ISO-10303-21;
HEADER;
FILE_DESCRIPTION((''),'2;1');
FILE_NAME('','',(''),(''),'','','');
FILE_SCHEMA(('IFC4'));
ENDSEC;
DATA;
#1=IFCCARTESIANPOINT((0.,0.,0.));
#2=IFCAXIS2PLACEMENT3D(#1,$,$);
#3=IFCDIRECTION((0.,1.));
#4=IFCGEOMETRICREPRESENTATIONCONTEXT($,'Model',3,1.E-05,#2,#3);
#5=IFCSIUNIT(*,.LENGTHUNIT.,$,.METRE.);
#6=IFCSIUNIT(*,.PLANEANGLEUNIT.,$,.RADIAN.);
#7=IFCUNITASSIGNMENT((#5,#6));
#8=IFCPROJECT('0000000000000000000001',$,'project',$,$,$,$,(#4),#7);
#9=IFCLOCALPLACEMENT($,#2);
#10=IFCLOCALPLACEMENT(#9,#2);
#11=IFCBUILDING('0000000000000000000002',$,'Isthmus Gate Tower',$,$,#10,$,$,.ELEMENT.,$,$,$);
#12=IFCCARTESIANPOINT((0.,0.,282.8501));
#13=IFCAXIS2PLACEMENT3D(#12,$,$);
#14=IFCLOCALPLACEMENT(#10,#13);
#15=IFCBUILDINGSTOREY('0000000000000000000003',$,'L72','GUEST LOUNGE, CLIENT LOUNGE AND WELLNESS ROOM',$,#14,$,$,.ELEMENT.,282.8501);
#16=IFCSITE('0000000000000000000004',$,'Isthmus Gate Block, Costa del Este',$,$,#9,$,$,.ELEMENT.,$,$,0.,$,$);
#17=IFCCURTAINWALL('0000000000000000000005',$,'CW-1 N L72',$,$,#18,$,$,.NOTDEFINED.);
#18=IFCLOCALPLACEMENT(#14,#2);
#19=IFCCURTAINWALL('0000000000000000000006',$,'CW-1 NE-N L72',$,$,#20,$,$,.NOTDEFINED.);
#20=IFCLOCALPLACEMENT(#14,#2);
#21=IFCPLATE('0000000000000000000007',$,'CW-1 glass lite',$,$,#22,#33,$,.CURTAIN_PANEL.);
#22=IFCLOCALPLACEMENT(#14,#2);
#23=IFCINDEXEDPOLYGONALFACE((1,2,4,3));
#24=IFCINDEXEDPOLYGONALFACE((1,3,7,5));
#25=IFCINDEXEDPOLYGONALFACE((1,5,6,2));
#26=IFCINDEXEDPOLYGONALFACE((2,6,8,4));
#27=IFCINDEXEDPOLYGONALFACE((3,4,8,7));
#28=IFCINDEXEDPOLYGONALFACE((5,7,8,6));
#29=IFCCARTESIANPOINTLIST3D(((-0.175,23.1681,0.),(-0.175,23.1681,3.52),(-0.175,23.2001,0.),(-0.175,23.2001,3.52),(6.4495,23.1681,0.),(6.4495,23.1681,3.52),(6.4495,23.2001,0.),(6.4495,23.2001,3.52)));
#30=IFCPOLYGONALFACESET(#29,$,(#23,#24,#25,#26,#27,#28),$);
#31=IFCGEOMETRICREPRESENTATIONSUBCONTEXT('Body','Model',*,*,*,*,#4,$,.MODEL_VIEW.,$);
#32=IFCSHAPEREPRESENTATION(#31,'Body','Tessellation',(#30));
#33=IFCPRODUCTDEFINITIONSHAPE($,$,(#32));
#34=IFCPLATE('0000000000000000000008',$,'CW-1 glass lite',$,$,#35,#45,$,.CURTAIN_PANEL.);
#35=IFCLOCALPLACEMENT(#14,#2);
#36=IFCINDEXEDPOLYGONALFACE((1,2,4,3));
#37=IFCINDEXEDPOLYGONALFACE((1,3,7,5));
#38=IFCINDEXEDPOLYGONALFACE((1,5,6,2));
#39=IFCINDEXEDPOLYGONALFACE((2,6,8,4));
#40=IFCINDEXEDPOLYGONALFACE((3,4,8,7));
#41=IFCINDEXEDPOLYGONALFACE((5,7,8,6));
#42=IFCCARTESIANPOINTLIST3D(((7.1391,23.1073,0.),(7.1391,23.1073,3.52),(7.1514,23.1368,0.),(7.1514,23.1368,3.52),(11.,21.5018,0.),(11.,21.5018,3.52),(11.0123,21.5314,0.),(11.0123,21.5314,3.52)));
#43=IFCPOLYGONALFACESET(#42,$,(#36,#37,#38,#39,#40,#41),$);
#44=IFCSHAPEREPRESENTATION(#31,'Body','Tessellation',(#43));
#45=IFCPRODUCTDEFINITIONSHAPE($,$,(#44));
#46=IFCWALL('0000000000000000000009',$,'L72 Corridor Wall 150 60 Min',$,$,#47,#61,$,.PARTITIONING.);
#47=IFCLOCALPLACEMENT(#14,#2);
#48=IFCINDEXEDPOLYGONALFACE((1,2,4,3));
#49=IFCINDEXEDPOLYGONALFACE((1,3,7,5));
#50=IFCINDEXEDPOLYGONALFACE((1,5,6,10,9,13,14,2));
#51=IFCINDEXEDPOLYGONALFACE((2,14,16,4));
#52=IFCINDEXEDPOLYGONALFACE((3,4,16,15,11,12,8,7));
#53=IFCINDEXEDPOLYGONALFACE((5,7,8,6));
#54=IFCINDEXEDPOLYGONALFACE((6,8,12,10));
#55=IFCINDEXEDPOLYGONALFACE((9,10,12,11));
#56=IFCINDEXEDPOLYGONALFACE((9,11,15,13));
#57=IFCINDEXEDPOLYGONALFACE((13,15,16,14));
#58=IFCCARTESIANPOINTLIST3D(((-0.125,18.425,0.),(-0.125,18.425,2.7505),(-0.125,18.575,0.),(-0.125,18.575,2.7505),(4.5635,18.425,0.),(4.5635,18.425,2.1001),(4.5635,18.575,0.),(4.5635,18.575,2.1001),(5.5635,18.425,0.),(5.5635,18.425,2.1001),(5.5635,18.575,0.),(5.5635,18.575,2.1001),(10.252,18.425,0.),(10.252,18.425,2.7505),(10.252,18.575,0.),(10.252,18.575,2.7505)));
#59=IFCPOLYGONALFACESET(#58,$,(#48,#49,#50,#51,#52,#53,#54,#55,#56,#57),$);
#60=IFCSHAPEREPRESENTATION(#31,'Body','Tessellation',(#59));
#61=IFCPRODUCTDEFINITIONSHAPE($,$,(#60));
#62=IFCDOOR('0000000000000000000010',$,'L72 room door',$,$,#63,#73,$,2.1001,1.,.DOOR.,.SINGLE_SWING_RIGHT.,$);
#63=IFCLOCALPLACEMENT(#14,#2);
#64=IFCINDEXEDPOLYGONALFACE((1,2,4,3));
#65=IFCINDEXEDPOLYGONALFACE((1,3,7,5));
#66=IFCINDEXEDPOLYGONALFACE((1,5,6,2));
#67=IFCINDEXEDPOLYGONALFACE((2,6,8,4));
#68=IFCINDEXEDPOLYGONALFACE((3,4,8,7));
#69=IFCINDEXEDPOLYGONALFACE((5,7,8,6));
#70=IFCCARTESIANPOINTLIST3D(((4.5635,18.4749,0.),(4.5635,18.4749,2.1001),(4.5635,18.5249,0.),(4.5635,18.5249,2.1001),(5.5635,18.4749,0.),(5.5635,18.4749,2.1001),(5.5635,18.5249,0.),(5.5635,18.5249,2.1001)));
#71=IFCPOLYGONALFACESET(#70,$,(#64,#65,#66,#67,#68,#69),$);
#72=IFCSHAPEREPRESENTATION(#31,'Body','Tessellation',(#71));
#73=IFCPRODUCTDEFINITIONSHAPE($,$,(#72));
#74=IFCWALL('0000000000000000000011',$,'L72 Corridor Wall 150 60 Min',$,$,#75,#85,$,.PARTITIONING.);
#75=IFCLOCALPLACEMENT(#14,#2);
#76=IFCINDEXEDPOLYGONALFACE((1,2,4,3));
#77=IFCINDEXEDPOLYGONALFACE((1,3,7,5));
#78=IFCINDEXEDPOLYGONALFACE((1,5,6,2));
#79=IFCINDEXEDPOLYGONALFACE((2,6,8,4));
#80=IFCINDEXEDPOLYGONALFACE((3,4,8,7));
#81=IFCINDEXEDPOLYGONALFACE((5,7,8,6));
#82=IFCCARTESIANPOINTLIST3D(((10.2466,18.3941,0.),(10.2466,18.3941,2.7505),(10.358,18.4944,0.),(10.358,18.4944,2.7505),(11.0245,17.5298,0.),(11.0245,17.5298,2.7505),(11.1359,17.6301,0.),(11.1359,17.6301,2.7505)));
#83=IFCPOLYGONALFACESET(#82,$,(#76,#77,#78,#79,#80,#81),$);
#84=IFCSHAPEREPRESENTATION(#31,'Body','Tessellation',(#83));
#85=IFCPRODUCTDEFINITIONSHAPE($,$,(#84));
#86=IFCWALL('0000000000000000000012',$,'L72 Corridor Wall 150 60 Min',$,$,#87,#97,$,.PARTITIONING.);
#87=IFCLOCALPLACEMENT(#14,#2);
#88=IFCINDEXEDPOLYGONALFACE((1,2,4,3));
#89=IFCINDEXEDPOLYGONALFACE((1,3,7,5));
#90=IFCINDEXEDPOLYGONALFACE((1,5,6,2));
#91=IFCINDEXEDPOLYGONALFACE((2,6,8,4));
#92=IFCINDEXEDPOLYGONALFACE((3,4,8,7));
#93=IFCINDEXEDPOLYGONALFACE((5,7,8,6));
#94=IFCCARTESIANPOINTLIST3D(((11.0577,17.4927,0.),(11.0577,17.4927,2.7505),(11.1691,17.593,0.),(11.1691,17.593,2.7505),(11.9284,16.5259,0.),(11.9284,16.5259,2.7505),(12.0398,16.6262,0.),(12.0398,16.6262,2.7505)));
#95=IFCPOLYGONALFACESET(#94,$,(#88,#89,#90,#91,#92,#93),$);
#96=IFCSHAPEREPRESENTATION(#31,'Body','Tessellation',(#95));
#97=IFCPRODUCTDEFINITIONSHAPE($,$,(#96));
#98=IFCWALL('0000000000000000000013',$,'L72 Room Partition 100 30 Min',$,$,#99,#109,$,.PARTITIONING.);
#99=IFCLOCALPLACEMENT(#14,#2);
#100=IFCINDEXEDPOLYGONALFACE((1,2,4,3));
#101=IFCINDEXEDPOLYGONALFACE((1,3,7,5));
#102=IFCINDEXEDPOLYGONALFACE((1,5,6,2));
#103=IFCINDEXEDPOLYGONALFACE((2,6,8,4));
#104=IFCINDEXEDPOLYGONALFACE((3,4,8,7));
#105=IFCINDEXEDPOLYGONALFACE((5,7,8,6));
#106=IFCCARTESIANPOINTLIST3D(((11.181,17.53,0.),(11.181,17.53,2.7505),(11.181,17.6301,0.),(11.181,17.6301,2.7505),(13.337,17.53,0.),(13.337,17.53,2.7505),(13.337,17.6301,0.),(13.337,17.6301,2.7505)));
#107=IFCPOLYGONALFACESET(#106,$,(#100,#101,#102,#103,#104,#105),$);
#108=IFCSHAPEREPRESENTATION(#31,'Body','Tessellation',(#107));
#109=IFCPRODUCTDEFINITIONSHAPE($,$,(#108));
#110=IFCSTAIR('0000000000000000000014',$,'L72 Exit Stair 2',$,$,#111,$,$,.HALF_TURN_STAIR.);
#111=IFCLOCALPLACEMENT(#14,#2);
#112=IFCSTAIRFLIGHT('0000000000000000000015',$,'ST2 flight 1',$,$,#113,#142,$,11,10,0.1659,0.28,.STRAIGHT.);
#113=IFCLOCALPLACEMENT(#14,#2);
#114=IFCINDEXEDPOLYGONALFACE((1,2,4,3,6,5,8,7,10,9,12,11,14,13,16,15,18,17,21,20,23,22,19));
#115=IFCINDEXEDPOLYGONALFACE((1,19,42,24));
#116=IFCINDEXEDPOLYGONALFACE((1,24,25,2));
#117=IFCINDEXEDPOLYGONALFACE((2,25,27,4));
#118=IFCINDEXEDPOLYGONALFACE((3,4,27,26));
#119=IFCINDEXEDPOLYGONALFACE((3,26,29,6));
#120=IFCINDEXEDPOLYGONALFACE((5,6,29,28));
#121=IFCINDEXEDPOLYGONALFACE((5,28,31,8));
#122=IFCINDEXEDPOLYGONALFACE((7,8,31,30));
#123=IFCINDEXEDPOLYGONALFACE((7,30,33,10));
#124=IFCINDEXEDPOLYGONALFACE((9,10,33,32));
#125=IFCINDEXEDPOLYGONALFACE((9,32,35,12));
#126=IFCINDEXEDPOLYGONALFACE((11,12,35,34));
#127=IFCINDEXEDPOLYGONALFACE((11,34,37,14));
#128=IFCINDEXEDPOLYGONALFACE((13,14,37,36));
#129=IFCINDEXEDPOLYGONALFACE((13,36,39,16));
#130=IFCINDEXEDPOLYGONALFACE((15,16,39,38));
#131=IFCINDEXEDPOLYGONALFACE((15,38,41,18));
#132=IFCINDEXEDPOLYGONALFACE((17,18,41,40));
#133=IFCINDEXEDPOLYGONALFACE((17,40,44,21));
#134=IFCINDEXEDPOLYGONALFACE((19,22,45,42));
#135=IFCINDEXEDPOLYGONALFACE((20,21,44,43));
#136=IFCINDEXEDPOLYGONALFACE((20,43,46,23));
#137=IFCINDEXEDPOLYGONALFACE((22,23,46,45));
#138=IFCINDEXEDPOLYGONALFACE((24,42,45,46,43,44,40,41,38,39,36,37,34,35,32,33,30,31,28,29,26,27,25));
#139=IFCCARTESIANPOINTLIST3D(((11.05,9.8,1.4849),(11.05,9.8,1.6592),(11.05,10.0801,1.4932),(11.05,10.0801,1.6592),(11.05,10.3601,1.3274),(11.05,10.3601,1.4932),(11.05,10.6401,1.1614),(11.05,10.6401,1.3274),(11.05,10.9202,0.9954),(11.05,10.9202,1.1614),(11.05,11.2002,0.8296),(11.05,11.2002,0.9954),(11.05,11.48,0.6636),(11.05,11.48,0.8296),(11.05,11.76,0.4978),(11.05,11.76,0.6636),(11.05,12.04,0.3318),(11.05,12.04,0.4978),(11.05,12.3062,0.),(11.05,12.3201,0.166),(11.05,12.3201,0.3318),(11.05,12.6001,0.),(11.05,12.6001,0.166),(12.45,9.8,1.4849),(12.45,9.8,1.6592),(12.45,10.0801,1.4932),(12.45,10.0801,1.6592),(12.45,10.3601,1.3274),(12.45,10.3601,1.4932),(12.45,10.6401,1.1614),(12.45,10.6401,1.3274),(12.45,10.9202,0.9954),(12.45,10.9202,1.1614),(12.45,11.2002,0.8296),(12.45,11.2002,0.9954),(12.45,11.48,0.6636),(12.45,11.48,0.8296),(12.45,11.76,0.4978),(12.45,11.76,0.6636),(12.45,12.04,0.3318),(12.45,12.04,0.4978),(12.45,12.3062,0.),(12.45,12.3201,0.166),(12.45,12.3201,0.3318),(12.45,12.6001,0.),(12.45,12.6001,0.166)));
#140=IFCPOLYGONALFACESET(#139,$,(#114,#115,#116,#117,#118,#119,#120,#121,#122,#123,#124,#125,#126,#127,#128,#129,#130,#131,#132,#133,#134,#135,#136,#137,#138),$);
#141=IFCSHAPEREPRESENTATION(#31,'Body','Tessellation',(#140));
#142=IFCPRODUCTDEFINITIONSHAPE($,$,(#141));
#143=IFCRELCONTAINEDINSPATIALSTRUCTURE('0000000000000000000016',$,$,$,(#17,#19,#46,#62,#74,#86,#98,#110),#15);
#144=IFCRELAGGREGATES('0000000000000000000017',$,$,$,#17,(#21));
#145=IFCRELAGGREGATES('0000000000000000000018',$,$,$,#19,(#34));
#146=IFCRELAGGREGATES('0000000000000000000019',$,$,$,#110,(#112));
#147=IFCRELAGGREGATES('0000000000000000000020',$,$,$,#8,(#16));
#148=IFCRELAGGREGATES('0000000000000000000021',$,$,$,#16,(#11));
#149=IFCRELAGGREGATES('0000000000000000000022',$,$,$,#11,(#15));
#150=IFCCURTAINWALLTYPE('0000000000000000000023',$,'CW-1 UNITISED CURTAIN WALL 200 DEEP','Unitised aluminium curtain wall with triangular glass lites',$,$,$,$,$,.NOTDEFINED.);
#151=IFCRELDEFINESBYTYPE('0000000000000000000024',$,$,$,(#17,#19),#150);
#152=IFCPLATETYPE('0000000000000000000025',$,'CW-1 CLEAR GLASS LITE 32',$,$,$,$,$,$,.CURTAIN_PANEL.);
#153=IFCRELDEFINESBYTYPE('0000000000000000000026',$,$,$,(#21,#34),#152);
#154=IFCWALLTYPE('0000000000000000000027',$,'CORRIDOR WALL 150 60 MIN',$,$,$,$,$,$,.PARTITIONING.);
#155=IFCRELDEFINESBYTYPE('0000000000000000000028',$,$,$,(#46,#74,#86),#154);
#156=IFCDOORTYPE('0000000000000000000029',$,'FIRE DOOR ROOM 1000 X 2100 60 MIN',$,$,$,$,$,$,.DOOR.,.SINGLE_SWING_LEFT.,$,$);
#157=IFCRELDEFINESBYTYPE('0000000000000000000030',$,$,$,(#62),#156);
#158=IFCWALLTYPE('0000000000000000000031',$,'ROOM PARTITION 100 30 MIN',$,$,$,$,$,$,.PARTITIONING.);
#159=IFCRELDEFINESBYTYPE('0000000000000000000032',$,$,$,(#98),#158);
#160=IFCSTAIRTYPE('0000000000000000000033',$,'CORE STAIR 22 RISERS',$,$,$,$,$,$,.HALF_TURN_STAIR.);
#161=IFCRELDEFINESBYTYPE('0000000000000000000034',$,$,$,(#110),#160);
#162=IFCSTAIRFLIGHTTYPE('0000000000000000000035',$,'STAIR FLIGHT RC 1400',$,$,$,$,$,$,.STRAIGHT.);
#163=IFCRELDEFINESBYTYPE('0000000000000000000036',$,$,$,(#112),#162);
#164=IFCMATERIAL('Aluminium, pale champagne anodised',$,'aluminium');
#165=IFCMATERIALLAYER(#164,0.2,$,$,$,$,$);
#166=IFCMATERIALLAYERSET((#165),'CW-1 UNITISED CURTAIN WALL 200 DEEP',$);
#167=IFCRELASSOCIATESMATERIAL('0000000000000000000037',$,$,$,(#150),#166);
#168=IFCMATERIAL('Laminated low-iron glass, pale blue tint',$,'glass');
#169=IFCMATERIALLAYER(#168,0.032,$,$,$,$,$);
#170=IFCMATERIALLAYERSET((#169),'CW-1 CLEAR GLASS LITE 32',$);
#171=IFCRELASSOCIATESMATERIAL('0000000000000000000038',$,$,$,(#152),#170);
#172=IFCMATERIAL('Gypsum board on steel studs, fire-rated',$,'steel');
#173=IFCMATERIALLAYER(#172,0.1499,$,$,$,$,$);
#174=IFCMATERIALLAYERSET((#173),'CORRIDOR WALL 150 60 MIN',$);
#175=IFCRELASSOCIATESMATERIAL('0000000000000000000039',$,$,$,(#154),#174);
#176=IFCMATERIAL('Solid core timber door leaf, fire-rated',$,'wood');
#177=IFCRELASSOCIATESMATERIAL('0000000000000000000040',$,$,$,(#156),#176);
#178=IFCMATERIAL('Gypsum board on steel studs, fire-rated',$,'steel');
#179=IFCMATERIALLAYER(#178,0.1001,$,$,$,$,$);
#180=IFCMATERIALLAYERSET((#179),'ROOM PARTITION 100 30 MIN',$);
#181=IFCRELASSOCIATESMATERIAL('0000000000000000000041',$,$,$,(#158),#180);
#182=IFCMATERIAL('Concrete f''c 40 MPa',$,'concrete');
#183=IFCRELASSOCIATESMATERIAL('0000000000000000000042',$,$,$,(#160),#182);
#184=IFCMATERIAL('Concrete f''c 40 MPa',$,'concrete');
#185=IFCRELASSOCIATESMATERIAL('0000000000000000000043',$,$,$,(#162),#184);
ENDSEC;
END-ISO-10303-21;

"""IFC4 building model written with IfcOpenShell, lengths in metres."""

from ifc_helpers import new_model, si_unit, direction, frame, frame_2d, origin, origin_2d, place, context, subcontext, project, spatial, polyline, rectangle, outline, extrude, material, layer, layer_set, type_object, element, fill, aggregate, save


model = new_model("IFC4")

# Units and contexts
model_context = context("Model", 3, precision=1e-05, world=origin(), true_north=direction((0.0, 1.0)))
body_context = subcontext(model_context, "Body", "Model", "MODEL_VIEW")
ifc_project = project(units=[si_unit("LENGTHUNIT", "METRE"), si_unit("PLANEANGLEUNIT", "RADIAN")], contexts=[model_context])

# Site, building, storey
site_placement = place(None, origin())
site = spatial("IfcSite", under=ifc_project, at=site_placement, Name="Isthmus Gate Block, Costa del Este", CompositionType="ELEMENT", RefElevation=0.0)
building_placement = place(site_placement, origin())
building = spatial("IfcBuilding", under=site, at=building_placement, Name="Isthmus Gate Tower", CompositionType="ELEMENT")
storey_placement = place(building_placement, frame((0.0, 0.0, 282.8501)))
storey = spatial("IfcBuildingStorey", under=building, at=storey_placement, Name="L72", Description="GUEST LOUNGE, CLIENT LOUNGE AND WELLNESS ROOM", CompositionType="ELEMENT", Elevation=282.8501)

# Curtain walls
ifc_material_1 = material(Name="Aluminium, pale champagne anodised", Category="aluminium")
ifc_layer_1 = layer(ifc_material_1, 0.2)
ifc_layer_set_1 = layer_set([ifc_layer_1], Name="CW-1 UNITISED CURTAIN WALL 200 DEEP")
curtain_wall_type = type_object("IfcCurtainWallType", Name="CW-1 UNITISED CURTAIN WALL 200 DEEP", Description="Unitised aluminium curtain wall with triangular glass lites", PredefinedType="NOTDEFINED", material=ifc_layer_set_1)
curtain_wall_1_placement = place(storey_placement, origin())
curtain_wall_1 = element("IfcCurtainWall", 1, at=curtain_wall_1_placement, inside=storey, type_object=curtain_wall_type, Name="CW-1 N L72", PredefinedType="NOTDEFINED")
curtain_wall_2_placement = place(storey_placement, origin())
curtain_wall_2 = element("IfcCurtainWall", 2, at=curtain_wall_2_placement, inside=storey, type_object=curtain_wall_type, Name="CW-1 NE-N L72", PredefinedType="NOTDEFINED")

# Plates
ifc_material_2 = material(Name="Laminated low-iron glass, pale blue tint", Category="glass")
ifc_layer_2 = layer(ifc_material_2, 0.032)
ifc_layer_set_2 = layer_set([ifc_layer_2], Name="CW-1 CLEAR GLASS LITE 32")
plate_type = type_object("IfcPlateType", Name="CW-1 CLEAR GLASS LITE 32", PredefinedType="CURTAIN_PANEL", material=ifc_layer_set_2)
plate_1_placement = place(storey_placement, frame((3.1372, 23.1841, 0.0), z_axis=(0.0, 0.0, 1.0), x_axis=(-1.0, 0.0, 0.0)))
plate_1 = element("IfcPlate", 3, at=plate_1_placement, type_object=plate_type, Name="CW-1 glass lite", PredefinedType="CURTAIN_PANEL", context=body_context, shape_type="SweptSolid", body=[
    extrude(rectangle(XDim=6.6245, YDim=0.032, at=origin_2d()), origin(), (0.0, 0.0, 1.0), 3.52),
])
aggregate(curtain_wall_1, [plate_1])
plate_2_placement = place(storey_placement, frame((9.0757, 22.3193, 0.0), z_axis=(0.0, 0.0, 1.0), x_axis=(-0.923353, 0.383952, 0.0)))
plate_2 = element("IfcPlate", 4, at=plate_2_placement, type_object=plate_type, Name="CW-1 glass lite", PredefinedType="CURTAIN_PANEL", context=body_context, shape_type="SweptSolid", body=[
    extrude(rectangle(XDim=4.1814, YDim=0.032, at=origin_2d()), origin(), (0.0, 0.0, 1.0), 3.52),
])
aggregate(curtain_wall_2, [plate_2])

# Wall, opening, door
ifc_material_3 = material(Name="Gypsum board on steel studs, fire-rated", Category="steel")
ifc_layer_3 = layer(ifc_material_3, 0.1499)
ifc_layer_set_3 = layer_set([ifc_layer_3], Name="CORRIDOR WALL 150 60 MIN")
wall_type_1 = type_object("IfcWallType", Name="CORRIDOR WALL 150 60 MIN", PredefinedType="PARTITIONING", material=ifc_layer_set_3)
wall_1_placement = place(storey_placement, frame((-0.125, 18.5, 0.0), z_axis=(0.0, 0.0, 1.0), x_axis=(1.0, 0.0, 0.0)))
wall_1 = element("IfcWall", 5, at=wall_1_placement, inside=storey, type_object=wall_type_1, Name="L72 Corridor Wall 150 60 Min", PredefinedType="PARTITIONING", context=body_context, shape_type="SweptSolid", body=[
    extrude(rectangle(XDim=10.377, YDim=0.1499, at=frame_2d((5.1885, 0.0))), origin(), (0.0, 0.0, 1.0), 2.7505),
])
opening_placement = place(wall_1_placement, frame((4.6885, 0.0, 0.0)))
opening = element("IfcOpeningElement", 6, at=opening_placement, cuts=wall_1, PredefinedType="OPENING", context=body_context, shape_type="SweptSolid", body=[
    extrude(rectangle(XDim=1.0, YDim=2.1001, at=frame_2d((0.5, 1.05))), frame((0.0, 0.085, 0.0), z_axis=(0.0, -1.0, 0.0), x_axis=(1.0, 0.0, 0.0)), (0.0, 0.0, 1.0), 0.1699),
])
ifc_material_4 = material(Name="Solid core timber door leaf, fire-rated", Category="wood")
door_type = type_object("IfcDoorType", Name="FIRE DOOR ROOM 1000 X 2100 60 MIN", OperationType="SINGLE_SWING_LEFT", PredefinedType="DOOR", material=ifc_material_4)
door_placement = place(opening_placement, origin())
door = element("IfcDoor", 7, at=door_placement, inside=storey, type_object=door_type, Name="L72 room door", OperationType="SINGLE_SWING_RIGHT", OverallHeight=2.1001, OverallWidth=1.0, PredefinedType="DOOR", context=body_context, shape_type="SweptSolid", body=[
    extrude(rectangle(XDim=1.0, YDim=2.1001, at=frame_2d((0.5, 1.05))), frame((0.0, 0.0249, 0.0), z_axis=(0.0, -1.0, 0.0), x_axis=(1.0, 0.0, 0.0)), (0.0, 0.0, 1.0), 0.05),
])
fill(opening, door)

# Walls
wall_2_placement = place(storey_placement, frame((10.3022, 18.4443, 0.0), z_axis=(0.0, 0.0, 1.0), x_axis=(0.668965, -0.743294, 0.0)))
element("IfcWall", 8, at=wall_2_placement, inside=storey, type_object=wall_type_1, Name="L72 Corridor Wall 150 60 Min", PredefinedType="PARTITIONING", context=body_context, shape_type="SweptSolid", body=[
    extrude(rectangle(XDim=1.1628, YDim=0.1499, at=frame_2d((0.5815, 0.0))), origin(), (0.0, 0.0, 1.0), 2.7505),
])
wall_3_placement = place(storey_placement, frame((11.1135, 17.5427, 0.0), z_axis=(0.0, 0.0, 1.0), x_axis=(0.669172, -0.743108, 0.0)))
element("IfcWall", 9, at=wall_3_placement, inside=storey, type_object=wall_type_1, Name="L72 Corridor Wall 150 60 Min", PredefinedType="PARTITIONING", context=body_context, shape_type="SweptSolid", body=[
    extrude(rectangle(XDim=1.301, YDim=0.1499, at=frame_2d((0.6504, 0.0))), origin(), (0.0, 0.0, 1.0), 2.7505),
])
ifc_material_5 = material(Name="Gypsum board on steel studs, fire-rated", Category="steel")
ifc_layer_4 = layer(ifc_material_5, 0.1001)
ifc_layer_set_4 = layer_set([ifc_layer_4], Name="ROOM PARTITION 100 30 MIN")
wall_type_2 = type_object("IfcWallType", Name="ROOM PARTITION 100 30 MIN", PredefinedType="PARTITIONING", material=ifc_layer_set_4)
wall_4_placement = place(storey_placement, frame((11.1809, 17.5801, 0.0), z_axis=(0.0, 0.0, 1.0), x_axis=(1.0, 0.0, 0.0)))
element("IfcWall", 10, at=wall_4_placement, inside=storey, type_object=wall_type_2, Name="L72 Room Partition 100 30 Min", PredefinedType="PARTITIONING", context=body_context, shape_type="SweptSolid", body=[
    extrude(rectangle(XDim=2.156, YDim=0.1001, at=frame_2d((1.0781, 0.0))), origin(), (0.0, 0.0, 1.0), 2.7505),
])

# Stair, stair flight
ifc_material_6 = material(Name="Concrete f'c 40 MPa", Category="concrete")
stair_type = type_object("IfcStairType", Name="CORE STAIR 22 RISERS", PredefinedType="HALF_TURN_STAIR", material=ifc_material_6)
stair_placement = place(storey_placement, origin())
stair = element("IfcStair", 11, at=stair_placement, inside=storey, type_object=stair_type, Name="L72 Exit Stair 2", PredefinedType="HALF_TURN_STAIR")
ifc_material_7 = material(Name="Concrete f'c 40 MPa", Category="concrete")
stair_flight_type = type_object("IfcStairFlightType", Name="STAIR FLIGHT RC 1400", PredefinedType="STRAIGHT", material=ifc_material_7)
stair_flight_placement = place(storey_placement, frame((11.75, 12.6001, 0.0), z_axis=(0.0, 0.0, 1.0), x_axis=(0.0, -1.0, 0.0)))
stair_flight = element("IfcStairFlight", 12, at=stair_flight_placement, type_object=stair_flight_type, Name="ST2 flight 1", NumberOfRisers=11, NumberOfTreads=10, PredefinedType="STRAIGHT", RiserHeight=0.1659, TreadLength=0.28, context=body_context, shape_type="SweptSolid", body=[
    extrude(outline(polyline([(0.0, 0.0), (0.0, 0.166), (0.28, 0.166), (0.28, 0.3318), (0.5601, 0.3318), (0.5601, 0.4978), (0.8401, 0.4978), (0.8401, 0.6636), (1.1201, 0.6636), (1.1201, 0.8296), (1.3999, 0.8296), (1.3999, 0.9954), (1.6799, 0.9954), (1.6799, 1.1614), (1.96, 1.1614), (1.96, 1.3274), (2.24, 1.3274), (2.24, 1.4932), (2.52, 1.4932), (2.52, 1.6592), (2.8, 1.6592), (2.8, 1.825), (2.8, 1.4849), (0.2939, 0.0), (0.0, 0.0)])), frame((0.0, 0.7, 0.0), z_axis=(0.0, -1.0, 0.0), x_axis=(1.0, 0.0, 0.0)), (0.0, 0.0, 1.0), 1.3999),
])
aggregate(stair, [stair_flight])

save(model, "model.ifc")
